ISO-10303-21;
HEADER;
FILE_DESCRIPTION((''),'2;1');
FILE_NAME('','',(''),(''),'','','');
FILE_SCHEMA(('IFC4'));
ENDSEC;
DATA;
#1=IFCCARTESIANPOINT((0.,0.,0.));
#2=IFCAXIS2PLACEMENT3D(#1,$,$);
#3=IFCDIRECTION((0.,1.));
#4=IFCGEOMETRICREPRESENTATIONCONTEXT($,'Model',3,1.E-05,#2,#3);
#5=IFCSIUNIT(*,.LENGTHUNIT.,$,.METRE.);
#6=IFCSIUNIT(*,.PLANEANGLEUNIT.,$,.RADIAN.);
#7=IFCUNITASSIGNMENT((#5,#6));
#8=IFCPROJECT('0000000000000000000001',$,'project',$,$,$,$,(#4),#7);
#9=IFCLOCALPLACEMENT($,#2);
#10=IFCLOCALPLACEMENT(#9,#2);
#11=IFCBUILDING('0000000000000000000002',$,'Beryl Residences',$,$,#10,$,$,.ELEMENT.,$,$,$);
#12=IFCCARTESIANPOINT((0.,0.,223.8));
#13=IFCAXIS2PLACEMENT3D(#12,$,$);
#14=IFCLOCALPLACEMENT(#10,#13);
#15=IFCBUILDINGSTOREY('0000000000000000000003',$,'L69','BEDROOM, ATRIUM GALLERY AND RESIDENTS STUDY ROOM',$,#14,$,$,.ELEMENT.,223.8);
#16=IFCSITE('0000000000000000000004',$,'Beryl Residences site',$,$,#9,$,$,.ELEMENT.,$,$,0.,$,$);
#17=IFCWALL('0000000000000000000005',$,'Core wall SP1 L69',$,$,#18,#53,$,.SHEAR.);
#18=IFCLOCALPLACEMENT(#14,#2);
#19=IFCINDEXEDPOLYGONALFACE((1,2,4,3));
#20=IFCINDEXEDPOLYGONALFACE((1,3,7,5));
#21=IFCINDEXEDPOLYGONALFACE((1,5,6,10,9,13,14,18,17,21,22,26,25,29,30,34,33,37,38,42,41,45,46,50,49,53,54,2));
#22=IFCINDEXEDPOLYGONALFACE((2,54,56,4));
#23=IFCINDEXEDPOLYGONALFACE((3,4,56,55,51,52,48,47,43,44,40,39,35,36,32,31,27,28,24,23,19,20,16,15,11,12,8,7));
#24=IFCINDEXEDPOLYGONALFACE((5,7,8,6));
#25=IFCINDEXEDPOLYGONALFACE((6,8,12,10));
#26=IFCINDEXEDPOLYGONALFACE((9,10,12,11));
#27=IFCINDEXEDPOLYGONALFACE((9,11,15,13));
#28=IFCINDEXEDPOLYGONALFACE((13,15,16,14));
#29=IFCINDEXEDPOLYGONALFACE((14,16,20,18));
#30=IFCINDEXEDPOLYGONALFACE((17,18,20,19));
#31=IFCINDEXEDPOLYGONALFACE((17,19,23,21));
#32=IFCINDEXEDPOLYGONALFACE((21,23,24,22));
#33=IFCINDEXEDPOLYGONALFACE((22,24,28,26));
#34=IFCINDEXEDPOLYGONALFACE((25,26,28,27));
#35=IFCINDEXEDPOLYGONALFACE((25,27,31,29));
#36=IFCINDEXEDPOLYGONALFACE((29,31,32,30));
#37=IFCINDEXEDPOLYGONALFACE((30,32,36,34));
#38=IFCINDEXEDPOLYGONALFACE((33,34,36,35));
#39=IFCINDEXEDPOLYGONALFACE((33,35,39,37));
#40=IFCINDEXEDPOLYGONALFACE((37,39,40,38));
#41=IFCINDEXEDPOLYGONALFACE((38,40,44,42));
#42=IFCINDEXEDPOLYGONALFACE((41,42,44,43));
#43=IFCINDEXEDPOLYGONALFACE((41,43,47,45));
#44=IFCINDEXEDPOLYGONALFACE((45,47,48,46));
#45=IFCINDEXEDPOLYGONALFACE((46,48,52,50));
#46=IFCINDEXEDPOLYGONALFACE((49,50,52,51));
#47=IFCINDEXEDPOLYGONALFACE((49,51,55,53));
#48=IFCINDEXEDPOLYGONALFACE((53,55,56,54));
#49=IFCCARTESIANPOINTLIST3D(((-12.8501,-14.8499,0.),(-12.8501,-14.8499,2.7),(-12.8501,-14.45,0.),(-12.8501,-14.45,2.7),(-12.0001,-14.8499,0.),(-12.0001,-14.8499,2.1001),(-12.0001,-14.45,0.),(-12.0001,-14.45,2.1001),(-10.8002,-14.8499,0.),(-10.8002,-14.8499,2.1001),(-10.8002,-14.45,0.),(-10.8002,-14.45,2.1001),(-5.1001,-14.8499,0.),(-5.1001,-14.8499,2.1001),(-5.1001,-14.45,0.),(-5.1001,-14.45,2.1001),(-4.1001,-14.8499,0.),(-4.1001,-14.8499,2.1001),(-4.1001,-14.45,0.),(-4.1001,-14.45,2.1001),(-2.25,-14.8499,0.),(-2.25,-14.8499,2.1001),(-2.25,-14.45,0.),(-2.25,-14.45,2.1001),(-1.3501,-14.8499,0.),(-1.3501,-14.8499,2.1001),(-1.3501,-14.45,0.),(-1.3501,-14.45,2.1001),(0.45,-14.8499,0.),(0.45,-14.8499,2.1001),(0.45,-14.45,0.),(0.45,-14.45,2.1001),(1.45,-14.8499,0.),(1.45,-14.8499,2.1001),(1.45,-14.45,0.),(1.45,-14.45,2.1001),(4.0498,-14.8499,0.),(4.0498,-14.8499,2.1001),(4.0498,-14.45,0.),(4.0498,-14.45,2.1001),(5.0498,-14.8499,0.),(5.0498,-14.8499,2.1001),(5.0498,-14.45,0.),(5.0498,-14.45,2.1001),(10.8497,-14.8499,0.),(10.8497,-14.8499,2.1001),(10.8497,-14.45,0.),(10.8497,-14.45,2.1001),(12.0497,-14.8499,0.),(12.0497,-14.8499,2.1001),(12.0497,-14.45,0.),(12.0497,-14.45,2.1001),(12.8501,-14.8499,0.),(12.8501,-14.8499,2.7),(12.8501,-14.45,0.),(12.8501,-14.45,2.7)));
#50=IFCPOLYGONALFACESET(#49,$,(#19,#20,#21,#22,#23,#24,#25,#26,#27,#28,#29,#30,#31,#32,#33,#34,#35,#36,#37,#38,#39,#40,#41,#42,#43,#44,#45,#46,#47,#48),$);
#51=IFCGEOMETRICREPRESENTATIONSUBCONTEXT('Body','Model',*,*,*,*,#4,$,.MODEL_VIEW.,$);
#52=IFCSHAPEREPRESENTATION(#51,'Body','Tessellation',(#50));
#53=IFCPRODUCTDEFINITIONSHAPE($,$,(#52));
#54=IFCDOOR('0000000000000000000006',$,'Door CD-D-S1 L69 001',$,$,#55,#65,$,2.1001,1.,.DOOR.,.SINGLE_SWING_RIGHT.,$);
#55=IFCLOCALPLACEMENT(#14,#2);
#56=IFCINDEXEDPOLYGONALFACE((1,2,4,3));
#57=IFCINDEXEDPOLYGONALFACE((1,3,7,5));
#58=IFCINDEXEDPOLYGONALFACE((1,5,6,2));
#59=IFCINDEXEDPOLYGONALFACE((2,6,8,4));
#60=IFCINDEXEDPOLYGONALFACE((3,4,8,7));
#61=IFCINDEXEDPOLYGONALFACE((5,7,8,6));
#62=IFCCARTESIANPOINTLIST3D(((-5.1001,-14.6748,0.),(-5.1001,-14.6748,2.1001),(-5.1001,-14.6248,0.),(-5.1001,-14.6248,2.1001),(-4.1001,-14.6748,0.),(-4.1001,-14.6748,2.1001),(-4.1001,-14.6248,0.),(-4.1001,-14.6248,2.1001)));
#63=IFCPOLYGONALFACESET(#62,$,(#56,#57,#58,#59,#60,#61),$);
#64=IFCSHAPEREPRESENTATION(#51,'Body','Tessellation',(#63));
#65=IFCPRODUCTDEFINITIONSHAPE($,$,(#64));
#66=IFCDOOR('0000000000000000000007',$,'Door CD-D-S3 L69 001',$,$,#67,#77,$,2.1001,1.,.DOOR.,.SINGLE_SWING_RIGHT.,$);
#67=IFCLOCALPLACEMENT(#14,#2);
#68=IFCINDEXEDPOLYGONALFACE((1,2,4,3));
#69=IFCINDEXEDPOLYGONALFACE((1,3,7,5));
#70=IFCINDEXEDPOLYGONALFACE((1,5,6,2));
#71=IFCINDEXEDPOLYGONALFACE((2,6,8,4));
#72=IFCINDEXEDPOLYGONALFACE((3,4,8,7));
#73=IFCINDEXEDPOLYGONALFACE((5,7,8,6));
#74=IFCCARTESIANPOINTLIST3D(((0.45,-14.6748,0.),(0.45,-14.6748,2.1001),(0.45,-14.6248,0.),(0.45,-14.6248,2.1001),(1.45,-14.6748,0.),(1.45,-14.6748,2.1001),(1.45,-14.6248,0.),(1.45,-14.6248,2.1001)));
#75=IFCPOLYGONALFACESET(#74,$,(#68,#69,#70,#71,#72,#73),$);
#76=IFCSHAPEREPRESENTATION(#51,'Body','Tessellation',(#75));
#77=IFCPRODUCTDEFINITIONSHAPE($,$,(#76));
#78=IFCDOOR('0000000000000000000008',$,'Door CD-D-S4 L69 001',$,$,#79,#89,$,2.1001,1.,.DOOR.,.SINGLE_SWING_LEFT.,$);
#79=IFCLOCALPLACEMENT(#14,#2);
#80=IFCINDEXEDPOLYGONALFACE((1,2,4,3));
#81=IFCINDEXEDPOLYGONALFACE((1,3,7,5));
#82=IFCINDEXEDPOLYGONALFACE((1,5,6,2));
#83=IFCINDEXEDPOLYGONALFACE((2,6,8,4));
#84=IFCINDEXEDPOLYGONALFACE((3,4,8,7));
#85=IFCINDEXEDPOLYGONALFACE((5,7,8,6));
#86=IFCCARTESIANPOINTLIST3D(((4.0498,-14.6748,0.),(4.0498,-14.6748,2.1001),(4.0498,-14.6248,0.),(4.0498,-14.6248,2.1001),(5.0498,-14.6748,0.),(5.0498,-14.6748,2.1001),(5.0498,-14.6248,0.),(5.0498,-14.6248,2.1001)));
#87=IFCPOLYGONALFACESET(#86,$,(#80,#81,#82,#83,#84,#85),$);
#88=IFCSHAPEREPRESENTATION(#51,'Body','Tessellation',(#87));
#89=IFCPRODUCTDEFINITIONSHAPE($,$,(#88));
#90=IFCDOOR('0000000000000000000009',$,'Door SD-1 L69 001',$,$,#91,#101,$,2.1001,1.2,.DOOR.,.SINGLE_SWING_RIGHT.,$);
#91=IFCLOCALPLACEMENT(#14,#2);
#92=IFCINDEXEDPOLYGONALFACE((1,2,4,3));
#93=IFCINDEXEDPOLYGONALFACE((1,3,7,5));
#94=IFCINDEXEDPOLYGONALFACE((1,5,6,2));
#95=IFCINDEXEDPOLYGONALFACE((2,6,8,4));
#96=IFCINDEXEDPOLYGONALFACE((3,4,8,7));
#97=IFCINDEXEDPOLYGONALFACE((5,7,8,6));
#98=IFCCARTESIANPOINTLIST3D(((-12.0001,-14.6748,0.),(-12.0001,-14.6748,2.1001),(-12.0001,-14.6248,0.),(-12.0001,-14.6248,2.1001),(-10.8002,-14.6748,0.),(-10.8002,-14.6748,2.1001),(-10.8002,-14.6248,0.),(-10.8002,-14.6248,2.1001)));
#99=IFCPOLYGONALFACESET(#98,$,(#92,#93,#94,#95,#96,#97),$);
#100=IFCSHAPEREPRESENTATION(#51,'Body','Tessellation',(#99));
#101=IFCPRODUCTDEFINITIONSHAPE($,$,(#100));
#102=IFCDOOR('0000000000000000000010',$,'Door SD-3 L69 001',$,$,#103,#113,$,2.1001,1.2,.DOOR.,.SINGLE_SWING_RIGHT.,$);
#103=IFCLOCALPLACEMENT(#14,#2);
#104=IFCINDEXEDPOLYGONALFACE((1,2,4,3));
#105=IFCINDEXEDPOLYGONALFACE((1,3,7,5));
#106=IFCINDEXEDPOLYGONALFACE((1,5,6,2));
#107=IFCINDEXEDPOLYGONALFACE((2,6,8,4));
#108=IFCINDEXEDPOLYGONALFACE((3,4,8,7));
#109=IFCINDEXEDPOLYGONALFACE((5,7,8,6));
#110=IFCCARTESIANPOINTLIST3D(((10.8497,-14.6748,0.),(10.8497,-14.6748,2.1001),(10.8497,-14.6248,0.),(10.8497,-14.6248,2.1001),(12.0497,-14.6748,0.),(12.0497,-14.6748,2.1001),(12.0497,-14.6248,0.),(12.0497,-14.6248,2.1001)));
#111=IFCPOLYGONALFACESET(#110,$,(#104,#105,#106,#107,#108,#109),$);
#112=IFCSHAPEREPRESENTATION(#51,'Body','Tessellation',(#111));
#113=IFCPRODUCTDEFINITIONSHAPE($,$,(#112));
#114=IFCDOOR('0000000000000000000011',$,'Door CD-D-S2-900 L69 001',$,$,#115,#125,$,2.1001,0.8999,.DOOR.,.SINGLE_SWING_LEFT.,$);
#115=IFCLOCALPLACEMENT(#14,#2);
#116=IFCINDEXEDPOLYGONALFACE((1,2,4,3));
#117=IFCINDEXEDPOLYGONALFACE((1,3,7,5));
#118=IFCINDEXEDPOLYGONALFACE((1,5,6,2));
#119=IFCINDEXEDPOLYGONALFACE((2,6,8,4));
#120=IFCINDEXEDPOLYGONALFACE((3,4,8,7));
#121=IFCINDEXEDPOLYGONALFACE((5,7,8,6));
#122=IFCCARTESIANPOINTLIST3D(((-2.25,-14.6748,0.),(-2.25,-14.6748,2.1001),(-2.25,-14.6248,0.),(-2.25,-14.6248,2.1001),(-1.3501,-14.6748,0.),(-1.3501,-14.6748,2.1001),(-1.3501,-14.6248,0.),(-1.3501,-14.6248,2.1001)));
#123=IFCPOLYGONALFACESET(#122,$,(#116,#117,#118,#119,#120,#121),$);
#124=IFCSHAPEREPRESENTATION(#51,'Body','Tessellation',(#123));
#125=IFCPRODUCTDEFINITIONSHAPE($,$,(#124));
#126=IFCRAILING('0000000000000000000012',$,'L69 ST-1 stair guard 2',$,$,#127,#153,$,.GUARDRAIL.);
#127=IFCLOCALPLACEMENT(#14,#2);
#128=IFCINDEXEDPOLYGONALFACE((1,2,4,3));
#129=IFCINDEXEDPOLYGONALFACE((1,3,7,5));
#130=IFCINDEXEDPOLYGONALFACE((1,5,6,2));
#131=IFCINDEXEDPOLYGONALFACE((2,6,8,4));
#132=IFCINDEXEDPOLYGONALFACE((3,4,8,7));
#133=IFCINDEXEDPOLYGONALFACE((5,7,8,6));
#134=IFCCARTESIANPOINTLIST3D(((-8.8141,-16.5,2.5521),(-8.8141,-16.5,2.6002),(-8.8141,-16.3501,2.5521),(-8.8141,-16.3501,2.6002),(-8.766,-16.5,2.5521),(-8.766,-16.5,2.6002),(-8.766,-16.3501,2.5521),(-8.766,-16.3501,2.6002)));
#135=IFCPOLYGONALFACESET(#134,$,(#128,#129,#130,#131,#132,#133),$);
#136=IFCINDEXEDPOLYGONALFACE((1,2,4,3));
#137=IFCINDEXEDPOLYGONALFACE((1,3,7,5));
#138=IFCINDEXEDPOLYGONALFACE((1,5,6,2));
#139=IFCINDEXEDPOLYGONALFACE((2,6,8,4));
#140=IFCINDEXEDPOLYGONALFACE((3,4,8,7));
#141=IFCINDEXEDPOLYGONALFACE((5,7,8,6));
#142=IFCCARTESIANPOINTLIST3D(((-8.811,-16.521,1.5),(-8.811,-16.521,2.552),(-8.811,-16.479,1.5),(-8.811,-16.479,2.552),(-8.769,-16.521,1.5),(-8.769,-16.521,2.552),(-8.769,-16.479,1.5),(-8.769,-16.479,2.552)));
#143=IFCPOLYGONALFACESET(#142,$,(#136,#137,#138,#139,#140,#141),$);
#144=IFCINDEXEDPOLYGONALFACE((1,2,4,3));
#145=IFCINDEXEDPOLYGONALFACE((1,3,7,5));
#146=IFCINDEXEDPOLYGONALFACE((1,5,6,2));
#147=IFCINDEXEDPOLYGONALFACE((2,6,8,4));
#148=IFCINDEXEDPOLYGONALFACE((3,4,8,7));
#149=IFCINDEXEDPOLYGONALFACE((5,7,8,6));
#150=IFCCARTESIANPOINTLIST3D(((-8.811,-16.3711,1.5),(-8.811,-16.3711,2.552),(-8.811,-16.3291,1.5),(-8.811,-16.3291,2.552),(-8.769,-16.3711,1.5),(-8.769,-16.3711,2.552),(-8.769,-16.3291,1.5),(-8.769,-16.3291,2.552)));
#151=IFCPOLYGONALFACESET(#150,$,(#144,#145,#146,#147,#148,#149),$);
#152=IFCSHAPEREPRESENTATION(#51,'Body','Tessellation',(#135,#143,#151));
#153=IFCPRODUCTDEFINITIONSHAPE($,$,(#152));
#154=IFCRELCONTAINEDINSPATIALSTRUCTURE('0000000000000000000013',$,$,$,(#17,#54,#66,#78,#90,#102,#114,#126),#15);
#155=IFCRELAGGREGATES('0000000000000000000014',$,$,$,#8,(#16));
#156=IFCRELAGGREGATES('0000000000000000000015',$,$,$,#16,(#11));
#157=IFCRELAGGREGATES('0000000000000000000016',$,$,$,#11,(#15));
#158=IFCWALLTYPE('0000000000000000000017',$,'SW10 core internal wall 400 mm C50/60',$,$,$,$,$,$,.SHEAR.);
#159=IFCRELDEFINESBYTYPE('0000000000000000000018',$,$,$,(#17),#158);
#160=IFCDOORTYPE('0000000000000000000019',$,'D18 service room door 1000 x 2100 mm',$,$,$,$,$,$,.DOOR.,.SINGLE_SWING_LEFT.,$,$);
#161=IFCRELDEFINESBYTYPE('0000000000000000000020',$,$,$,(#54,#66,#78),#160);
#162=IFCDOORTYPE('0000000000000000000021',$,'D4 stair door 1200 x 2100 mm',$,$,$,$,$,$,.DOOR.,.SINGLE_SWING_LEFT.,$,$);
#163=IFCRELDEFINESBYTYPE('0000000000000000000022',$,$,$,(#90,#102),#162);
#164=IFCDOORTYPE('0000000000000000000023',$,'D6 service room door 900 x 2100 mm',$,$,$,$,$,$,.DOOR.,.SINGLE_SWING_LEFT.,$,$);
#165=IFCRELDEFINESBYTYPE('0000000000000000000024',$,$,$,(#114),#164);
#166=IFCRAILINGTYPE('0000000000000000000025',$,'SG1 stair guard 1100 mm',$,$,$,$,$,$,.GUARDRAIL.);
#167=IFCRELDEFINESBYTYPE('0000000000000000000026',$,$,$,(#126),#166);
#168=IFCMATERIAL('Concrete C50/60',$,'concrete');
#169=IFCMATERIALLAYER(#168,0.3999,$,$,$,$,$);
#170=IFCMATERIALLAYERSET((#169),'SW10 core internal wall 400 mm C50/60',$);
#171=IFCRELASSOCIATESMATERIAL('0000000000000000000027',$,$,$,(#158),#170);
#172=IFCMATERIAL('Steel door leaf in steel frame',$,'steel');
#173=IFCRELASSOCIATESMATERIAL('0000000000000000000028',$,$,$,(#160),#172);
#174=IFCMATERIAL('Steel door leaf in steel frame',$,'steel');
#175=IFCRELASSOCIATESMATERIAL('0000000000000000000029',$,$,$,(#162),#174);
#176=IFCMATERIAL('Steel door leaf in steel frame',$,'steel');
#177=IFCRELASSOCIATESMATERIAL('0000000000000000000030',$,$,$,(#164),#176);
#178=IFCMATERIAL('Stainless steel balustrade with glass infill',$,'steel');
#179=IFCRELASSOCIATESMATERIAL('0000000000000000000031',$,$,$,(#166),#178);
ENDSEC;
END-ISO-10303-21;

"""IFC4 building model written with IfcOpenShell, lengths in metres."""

from ifc_helpers import new_model, si_unit, direction, frame, frame_2d, origin, origin_2d, place, context, subcontext, project, spatial, rectangle, extrude, material, layer, layer_set, type_object, element, fill, save


model = new_model("IFC4")

# Units and contexts
model_context = context("Model", 3, precision=1e-05, world=origin(), true_north=direction((0.0, 1.0)))
body_context = subcontext(model_context, "Body", "Model", "MODEL_VIEW")
ifc_project = project(units=[si_unit("LENGTHUNIT", "METRE"), si_unit("PLANEANGLEUNIT", "RADIAN")], contexts=[model_context])

# Site, building, storey
site_placement = place(None, origin())
site = spatial("IfcSite", under=ifc_project, at=site_placement, Name="Beryl Residences site", CompositionType="ELEMENT", RefElevation=0.0)
building_placement = place(site_placement, origin())
building = spatial("IfcBuilding", under=site, at=building_placement, Name="Beryl Residences", CompositionType="ELEMENT")
storey_placement = place(building_placement, frame((0.0, 0.0, 223.8)))
storey = spatial("IfcBuildingStorey", under=building, at=storey_placement, Name="L69", Description="BEDROOM, ATRIUM GALLERY AND RESIDENTS STUDY ROOM", CompositionType="ELEMENT", Elevation=223.8)

# Wall, openings, doors
ifc_material_1 = material(Name="Concrete C50/60", Category="concrete")
ifc_layer_1 = layer(ifc_material_1, 0.3999)
ifc_layer_set_1 = layer_set([ifc_layer_1], Name="SW10 core internal wall 400 mm C50/60")
wall_type_1 = type_object("IfcWallType", Name="SW10 core internal wall 400 mm C50/60", PredefinedType="SHEAR", material=ifc_layer_set_1)
wall_1_placement = place(storey_placement, frame((-12.8501, -14.6499, 0.0), z_axis=(0.0, 0.0, 1.0), x_axis=(1.0, 0.0, 0.0)))
wall_1 = element("IfcWall", 1, at=wall_1_placement, inside=storey, type_object=wall_type_1, Name="Core wall SP1 L69", PredefinedType="SHEAR", context=body_context, shape_type="SweptSolid", body=[
    extrude(rectangle(XDim=25.7002, YDim=0.3999, at=frame_2d((12.8501, 0.0))), origin(), (0.0, 0.0, 1.0), 2.7),
])
opening_1_placement = place(wall_1_placement, frame((2.05, 0.0, 0.0), z_axis=(0.0, 0.0, 1.0), x_axis=(-1.0, 0.0, 0.0)))
opening_1 = element("IfcOpeningElement", 2, at=opening_1_placement, cuts=wall_1, PredefinedType="OPENING", context=body_context, shape_type="SweptSolid", body=[
    extrude(rectangle(XDim=1.2, YDim=2.1001, at=frame_2d((0.6001, 1.05))), frame((0.0, 0.21, 0.0), z_axis=(0.0, -1.0, 0.0), x_axis=(1.0, 0.0, 0.0)), (0.0, 0.0, 1.0), 0.4199),
])
opening_2_placement = place(wall_1_placement, frame((24.8999, 0.0, 0.0), z_axis=(0.0, 0.0, 1.0), x_axis=(-1.0, 0.0, 0.0)))
opening_2 = element("IfcOpeningElement", 3, at=opening_2_placement, cuts=wall_1, PredefinedType="OPENING", context=body_context, shape_type="SweptSolid", body=[
    extrude(rectangle(XDim=1.2, YDim=2.1001, at=frame_2d((0.6001, 1.05))), frame((0.0, 0.21, 0.0), z_axis=(0.0, -1.0, 0.0), x_axis=(1.0, 0.0, 0.0)), (0.0, 0.0, 1.0), 0.4199),
])
opening_3_placement = place(wall_1_placement, frame((8.75, 0.0, 0.0), z_axis=(0.0, 0.0, 1.0), x_axis=(-1.0, 0.0, 0.0)))
opening_3 = element("IfcOpeningElement", 4, at=opening_3_placement, cuts=wall_1, PredefinedType="OPENING", context=body_context, shape_type="SweptSolid", body=[
    extrude(rectangle(XDim=1.0, YDim=2.1001, at=frame_2d((0.5, 1.05))), frame((0.0, 0.21, 0.0), z_axis=(0.0, -1.0, 0.0), x_axis=(1.0, 0.0, 0.0)), (0.0, 0.0, 1.0), 0.4199),
])
opening_4_placement = place(wall_1_placement, frame((11.5, 0.0, 0.0), z_axis=(0.0, 0.0, 1.0), x_axis=(-1.0, 0.0, 0.0)))
opening_4 = element("IfcOpeningElement", 5, at=opening_4_placement, cuts=wall_1, PredefinedType="OPENING", context=body_context, shape_type="SweptSolid", body=[
    extrude(rectangle(XDim=0.8999, YDim=2.1001, at=frame_2d((0.45, 1.05))), frame((0.0, 0.21, 0.0), z_axis=(0.0, -1.0, 0.0), x_axis=(1.0, 0.0, 0.0)), (0.0, 0.0, 1.0), 0.4199),
])
opening_5_placement = place(wall_1_placement, frame((14.3, 0.0, 0.0), z_axis=(0.0, 0.0, 1.0), x_axis=(-1.0, 0.0, 0.0)))
opening_5 = element("IfcOpeningElement", 6, at=opening_5_placement, cuts=wall_1, PredefinedType="OPENING", context=body_context, shape_type="SweptSolid", body=[
    extrude(rectangle(XDim=1.0, YDim=2.1001, at=frame_2d((0.5, 1.05))), frame((0.0, 0.21, 0.0), z_axis=(0.0, -1.0, 0.0), x_axis=(1.0, 0.0, 0.0)), (0.0, 0.0, 1.0), 0.4199),
])
opening_6_placement = place(wall_1_placement, frame((17.8999, 0.0, 0.0), z_axis=(0.0, 0.0, 1.0), x_axis=(-1.0, 0.0, 0.0)))
opening_6 = element("IfcOpeningElement", 7, at=opening_6_placement, cuts=wall_1, PredefinedType="OPENING", context=body_context, shape_type="SweptSolid", body=[
    extrude(rectangle(XDim=1.0, YDim=2.1001, at=frame_2d((0.5, 1.05))), frame((0.0, 0.21, 0.0), z_axis=(0.0, -1.0, 0.0), x_axis=(1.0, 0.0, 0.0)), (0.0, 0.0, 1.0), 0.4199),
])
ifc_material_2 = material(Name="Steel door leaf in steel frame", Category="steel")
door_type_1 = type_object("IfcDoorType", Name="D18 service room door 1000 x 2100 mm", OperationType="SINGLE_SWING_LEFT", PredefinedType="DOOR", material=ifc_material_2)
door_1_placement = place(opening_3_placement, origin())
door_1 = element("IfcDoor", 8, at=door_1_placement, inside=storey, type_object=door_type_1, Name="Door CD-D-S1 L69 001", OperationType="SINGLE_SWING_RIGHT", OverallHeight=2.1001, OverallWidth=1.0, PredefinedType="DOOR", context=body_context, shape_type="SweptSolid", body=[
    extrude(rectangle(XDim=1.0, YDim=2.1001, at=frame_2d((0.5, 1.05))), frame((0.0, 0.0249, 0.0), z_axis=(0.0, -1.0, 0.0), x_axis=(1.0, 0.0, 0.0)), (0.0, 0.0, 1.0), 0.05),
])
fill(opening_3, door_1)
door_2_placement = place(opening_5_placement, origin())
door_2 = element("IfcDoor", 9, at=door_2_placement, inside=storey, type_object=door_type_1, Name="Door CD-D-S3 L69 001", OperationType="SINGLE_SWING_RIGHT", OverallHeight=2.1001, OverallWidth=1.0, PredefinedType="DOOR", context=body_context, shape_type="SweptSolid", body=[
    extrude(rectangle(XDim=1.0, YDim=2.1001, at=frame_2d((0.5, 1.05))), frame((0.0, 0.0249, 0.0), z_axis=(0.0, -1.0, 0.0), x_axis=(1.0, 0.0, 0.0)), (0.0, 0.0, 1.0), 0.05),
])
fill(opening_5, door_2)
door_3_placement = place(opening_6_placement, origin())
door_3 = element("IfcDoor", 10, at=door_3_placement, inside=storey, type_object=door_type_1, Name="Door CD-D-S4 L69 001", OperationType="SINGLE_SWING_LEFT", OverallHeight=2.1001, OverallWidth=1.0, PredefinedType="DOOR", context=body_context, shape_type="SweptSolid", body=[
    extrude(rectangle(XDim=1.0, YDim=2.1001, at=frame_2d((0.5, 1.05))), frame((0.0, 0.0249, 0.0), z_axis=(0.0, -1.0, 0.0), x_axis=(1.0, 0.0, 0.0)), (0.0, 0.0, 1.0), 0.05),
])
fill(opening_6, door_3)
ifc_material_3 = material(Name="Steel door leaf in steel frame", Category="steel")
door_type_2 = type_object("IfcDoorType", Name="D4 stair door 1200 x 2100 mm", OperationType="SINGLE_SWING_LEFT", PredefinedType="DOOR", material=ifc_material_3)
door_4_placement = place(opening_1_placement, origin())
door_4 = element("IfcDoor", 11, at=door_4_placement, inside=storey, type_object=door_type_2, Name="Door SD-1 L69 001", OperationType="SINGLE_SWING_RIGHT", OverallHeight=2.1001, OverallWidth=1.2, PredefinedType="DOOR", context=body_context, shape_type="SweptSolid", body=[
    extrude(rectangle(XDim=1.2, YDim=2.1001, at=frame_2d((0.6001, 1.05))), frame((0.0, 0.0249, 0.0), z_axis=(0.0, -1.0, 0.0), x_axis=(1.0, 0.0, 0.0)), (0.0, 0.0, 1.0), 0.05),
])
fill(opening_1, door_4)
door_5_placement = place(opening_2_placement, origin())
door_5 = element("IfcDoor", 12, at=door_5_placement, inside=storey, type_object=door_type_2, Name="Door SD-3 L69 001", OperationType="SINGLE_SWING_RIGHT", OverallHeight=2.1001, OverallWidth=1.2, PredefinedType="DOOR", context=body_context, shape_type="SweptSolid", body=[
    extrude(rectangle(XDim=1.2, YDim=2.1001, at=frame_2d((0.6001, 1.05))), frame((0.0, 0.0249, 0.0), z_axis=(0.0, -1.0, 0.0), x_axis=(1.0, 0.0, 0.0)), (0.0, 0.0, 1.0), 0.05),
])
fill(opening_2, door_5)
ifc_material_4 = material(Name="Steel door leaf in steel frame", Category="steel")
door_type_3 = type_object("IfcDoorType", Name="D6 service room door 900 x 2100 mm", OperationType="SINGLE_SWING_LEFT", PredefinedType="DOOR", material=ifc_material_4)
door_6_placement = place(opening_4_placement, origin())
door_6 = element("IfcDoor", 13, at=door_6_placement, inside=storey, type_object=door_type_3, Name="Door CD-D-S2-900 L69 001", OperationType="SINGLE_SWING_LEFT", OverallHeight=2.1001, OverallWidth=0.8999, PredefinedType="DOOR", context=body_context, shape_type="SweptSolid", body=[
    extrude(rectangle(XDim=0.8999, YDim=2.1001, at=frame_2d((0.45, 1.05))), frame((0.0, 0.0249, 0.0), z_axis=(0.0, -1.0, 0.0), x_axis=(1.0, 0.0, 0.0)), (0.0, 0.0, 1.0), 0.05),
])
fill(opening_4, door_6)

# Railing
ifc_material_5 = material(Name="Stainless steel balustrade with glass infill", Category="steel")
railing_type_1 = type_object("IfcRailingType", Name="SG1 stair guard 1100 mm", PredefinedType="GUARDRAIL", material=ifc_material_5)
railing_1_placement = place(storey_placement, frame((-8.79, -16.5, 1.5)))
element("IfcRailing", 14, at=railing_1_placement, inside=storey, type_object=railing_type_1, Name="L69 ST-1 stair guard 2", PredefinedType="GUARDRAIL", context=body_context, shape_type="SweptSolid", body=[
    extrude(rectangle(XDim=0.0481, YDim=0.0481, at=origin_2d()), frame((0.0, 0.0, 1.0762), z_axis=(0.0, 1.0, 0.0), x_axis=(-1.0, 0.0, 0.0)), (0.0, 0.0, 1.0), 0.1499),
    extrude(rectangle(XDim=0.042, YDim=0.042, at=origin_2d()), origin(), (0.0, 0.0, 1.0), 1.052),
    extrude(rectangle(XDim=0.042, YDim=0.042, at=origin_2d()), frame((0.0, 0.1499, 0.0)), (0.0, 0.0, 1.0), 1.052),
])

save(model, "model.ifc")
